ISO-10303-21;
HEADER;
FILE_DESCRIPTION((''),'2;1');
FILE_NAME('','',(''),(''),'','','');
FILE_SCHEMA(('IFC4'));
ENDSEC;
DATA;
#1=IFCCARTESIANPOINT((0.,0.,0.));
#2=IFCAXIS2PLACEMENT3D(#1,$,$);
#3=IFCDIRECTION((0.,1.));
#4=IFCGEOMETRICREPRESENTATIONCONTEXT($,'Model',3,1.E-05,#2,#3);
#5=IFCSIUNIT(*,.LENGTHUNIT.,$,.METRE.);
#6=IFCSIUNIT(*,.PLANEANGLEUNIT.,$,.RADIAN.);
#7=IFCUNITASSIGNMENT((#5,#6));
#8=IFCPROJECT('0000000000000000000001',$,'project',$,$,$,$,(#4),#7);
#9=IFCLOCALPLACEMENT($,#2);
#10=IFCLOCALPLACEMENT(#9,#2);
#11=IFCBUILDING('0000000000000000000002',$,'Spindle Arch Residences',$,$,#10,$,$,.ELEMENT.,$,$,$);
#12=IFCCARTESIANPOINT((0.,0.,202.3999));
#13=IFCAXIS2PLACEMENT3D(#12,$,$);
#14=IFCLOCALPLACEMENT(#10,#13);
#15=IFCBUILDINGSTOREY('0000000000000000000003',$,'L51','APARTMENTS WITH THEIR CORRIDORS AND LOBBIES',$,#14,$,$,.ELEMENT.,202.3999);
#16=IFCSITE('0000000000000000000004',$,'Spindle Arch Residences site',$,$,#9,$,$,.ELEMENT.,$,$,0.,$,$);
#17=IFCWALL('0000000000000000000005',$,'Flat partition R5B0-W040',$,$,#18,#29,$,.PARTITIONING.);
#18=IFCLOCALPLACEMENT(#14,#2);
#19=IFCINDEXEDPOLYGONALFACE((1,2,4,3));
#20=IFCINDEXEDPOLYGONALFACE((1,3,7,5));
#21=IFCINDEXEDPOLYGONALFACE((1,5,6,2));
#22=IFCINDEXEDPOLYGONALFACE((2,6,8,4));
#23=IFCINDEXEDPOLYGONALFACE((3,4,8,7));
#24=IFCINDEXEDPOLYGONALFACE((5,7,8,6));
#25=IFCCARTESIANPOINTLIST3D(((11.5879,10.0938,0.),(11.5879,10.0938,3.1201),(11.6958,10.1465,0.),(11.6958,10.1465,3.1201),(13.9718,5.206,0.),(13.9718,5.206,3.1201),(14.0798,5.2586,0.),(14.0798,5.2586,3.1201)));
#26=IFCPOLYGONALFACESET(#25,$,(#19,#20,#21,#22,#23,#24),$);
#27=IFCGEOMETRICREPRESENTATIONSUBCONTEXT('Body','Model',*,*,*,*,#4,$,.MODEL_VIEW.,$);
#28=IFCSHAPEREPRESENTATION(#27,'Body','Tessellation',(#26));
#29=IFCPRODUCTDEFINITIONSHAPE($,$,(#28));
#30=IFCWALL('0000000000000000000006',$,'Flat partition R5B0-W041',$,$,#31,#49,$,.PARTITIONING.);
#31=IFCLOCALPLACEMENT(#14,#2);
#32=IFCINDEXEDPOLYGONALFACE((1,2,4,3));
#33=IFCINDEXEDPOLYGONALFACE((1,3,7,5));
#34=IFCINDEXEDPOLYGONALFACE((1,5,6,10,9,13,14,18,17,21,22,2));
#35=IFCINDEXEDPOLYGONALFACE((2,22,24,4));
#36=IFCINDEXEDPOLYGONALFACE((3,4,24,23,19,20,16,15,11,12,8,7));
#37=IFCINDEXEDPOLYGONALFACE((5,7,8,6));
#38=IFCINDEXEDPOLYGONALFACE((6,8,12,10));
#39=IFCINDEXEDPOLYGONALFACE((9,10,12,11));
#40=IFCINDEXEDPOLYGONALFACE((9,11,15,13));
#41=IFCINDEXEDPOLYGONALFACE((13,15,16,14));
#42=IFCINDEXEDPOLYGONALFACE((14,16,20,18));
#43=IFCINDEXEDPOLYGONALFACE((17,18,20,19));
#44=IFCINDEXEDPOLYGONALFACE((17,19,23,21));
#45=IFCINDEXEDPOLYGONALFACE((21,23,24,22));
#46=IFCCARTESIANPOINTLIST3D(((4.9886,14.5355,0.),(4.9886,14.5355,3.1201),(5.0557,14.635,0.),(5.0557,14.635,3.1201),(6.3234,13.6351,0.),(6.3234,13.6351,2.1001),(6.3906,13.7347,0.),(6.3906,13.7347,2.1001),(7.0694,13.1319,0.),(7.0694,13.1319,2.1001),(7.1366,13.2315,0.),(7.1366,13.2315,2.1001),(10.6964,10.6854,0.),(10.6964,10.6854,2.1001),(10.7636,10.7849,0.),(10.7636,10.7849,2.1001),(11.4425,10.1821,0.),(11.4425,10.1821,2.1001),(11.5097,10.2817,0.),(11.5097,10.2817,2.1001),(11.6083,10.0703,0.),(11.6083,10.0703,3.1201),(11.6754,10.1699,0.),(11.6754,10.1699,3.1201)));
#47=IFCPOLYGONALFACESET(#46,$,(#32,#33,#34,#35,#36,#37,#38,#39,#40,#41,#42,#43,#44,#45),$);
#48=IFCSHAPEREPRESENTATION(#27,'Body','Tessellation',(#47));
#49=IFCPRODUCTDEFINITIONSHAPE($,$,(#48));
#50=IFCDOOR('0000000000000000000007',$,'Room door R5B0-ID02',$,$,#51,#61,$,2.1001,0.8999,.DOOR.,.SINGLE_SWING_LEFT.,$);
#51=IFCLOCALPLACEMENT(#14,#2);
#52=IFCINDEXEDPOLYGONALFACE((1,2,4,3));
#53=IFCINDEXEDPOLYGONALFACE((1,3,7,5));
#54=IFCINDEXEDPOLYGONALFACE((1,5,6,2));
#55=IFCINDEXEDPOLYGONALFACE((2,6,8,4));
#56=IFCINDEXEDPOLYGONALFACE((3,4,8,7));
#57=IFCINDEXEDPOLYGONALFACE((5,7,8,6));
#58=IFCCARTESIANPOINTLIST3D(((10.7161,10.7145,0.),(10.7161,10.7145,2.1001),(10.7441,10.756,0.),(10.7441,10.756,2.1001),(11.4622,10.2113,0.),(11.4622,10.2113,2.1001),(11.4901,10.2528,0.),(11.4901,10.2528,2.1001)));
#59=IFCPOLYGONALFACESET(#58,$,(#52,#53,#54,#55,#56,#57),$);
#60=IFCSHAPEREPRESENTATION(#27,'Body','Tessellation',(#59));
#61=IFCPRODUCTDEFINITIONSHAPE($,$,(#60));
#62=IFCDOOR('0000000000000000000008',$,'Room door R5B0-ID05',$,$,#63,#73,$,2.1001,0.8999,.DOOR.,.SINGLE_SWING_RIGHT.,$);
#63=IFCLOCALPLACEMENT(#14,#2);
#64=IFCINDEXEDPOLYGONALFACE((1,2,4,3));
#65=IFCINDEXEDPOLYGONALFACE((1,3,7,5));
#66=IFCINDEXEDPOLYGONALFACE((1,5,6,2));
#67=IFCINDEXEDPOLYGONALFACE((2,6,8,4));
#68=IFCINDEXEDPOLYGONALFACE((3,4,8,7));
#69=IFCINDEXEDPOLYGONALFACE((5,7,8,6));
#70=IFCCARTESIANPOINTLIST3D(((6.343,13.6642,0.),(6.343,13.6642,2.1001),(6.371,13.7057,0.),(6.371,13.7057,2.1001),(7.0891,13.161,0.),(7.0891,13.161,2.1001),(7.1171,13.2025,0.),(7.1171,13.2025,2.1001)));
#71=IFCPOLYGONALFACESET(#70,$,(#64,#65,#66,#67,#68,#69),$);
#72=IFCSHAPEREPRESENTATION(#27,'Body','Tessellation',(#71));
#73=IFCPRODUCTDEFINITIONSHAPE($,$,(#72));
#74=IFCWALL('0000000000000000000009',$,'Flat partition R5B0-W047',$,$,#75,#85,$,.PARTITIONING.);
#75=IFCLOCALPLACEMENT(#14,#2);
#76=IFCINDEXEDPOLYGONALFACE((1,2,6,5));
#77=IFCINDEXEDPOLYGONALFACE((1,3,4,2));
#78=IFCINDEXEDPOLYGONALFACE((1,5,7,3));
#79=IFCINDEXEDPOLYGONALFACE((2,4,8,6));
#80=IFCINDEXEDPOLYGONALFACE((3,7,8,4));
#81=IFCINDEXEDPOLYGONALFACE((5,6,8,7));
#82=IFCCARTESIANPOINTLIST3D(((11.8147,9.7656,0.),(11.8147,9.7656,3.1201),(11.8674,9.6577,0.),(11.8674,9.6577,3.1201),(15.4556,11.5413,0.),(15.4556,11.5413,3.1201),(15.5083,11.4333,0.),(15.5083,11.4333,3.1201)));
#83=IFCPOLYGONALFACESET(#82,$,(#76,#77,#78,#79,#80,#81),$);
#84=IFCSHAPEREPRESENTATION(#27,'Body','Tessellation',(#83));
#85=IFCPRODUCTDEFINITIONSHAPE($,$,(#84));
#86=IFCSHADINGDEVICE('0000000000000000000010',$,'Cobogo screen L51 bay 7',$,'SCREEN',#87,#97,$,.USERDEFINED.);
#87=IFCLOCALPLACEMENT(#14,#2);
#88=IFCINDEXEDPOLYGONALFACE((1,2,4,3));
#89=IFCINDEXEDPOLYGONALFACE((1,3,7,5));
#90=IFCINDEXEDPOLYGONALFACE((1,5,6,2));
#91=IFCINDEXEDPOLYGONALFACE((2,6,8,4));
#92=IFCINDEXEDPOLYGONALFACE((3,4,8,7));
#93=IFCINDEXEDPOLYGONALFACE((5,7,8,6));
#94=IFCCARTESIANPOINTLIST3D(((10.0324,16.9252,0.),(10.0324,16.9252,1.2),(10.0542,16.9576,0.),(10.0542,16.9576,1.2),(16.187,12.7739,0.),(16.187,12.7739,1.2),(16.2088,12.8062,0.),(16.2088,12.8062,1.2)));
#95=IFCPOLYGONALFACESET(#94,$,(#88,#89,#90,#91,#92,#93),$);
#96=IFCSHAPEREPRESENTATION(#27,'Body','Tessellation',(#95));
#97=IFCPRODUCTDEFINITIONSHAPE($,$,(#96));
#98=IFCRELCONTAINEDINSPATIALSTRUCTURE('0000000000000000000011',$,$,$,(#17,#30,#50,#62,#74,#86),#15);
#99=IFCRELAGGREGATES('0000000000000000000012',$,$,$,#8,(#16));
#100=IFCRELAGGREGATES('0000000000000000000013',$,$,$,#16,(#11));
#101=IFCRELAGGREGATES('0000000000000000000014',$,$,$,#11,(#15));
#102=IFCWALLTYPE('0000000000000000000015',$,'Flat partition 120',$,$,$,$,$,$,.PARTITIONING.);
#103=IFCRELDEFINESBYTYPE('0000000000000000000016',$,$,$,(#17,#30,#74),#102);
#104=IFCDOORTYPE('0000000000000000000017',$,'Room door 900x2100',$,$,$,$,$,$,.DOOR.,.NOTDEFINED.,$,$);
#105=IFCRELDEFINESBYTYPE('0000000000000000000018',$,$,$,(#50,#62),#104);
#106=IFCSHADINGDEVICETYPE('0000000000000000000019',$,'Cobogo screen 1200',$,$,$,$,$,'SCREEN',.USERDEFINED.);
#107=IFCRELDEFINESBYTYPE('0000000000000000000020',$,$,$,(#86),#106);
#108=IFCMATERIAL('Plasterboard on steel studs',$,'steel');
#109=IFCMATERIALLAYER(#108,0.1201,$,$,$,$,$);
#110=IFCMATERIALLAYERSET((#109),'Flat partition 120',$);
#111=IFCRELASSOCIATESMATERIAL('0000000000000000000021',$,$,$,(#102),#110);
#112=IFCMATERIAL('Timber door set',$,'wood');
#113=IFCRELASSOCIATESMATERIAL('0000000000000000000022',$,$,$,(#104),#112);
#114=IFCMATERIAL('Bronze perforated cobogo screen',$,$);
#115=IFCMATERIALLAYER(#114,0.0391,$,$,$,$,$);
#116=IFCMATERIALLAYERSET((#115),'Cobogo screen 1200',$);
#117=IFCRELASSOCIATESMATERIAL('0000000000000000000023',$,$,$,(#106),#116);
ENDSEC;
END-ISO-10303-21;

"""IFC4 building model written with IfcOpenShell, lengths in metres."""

from ifc_helpers import new_model, si_unit, direction, frame, frame_2d, origin, origin_2d, place, context, subcontext, project, spatial, rectangle, extrude, material, layer, layer_set, type_object, element, fill, save


model = new_model("IFC4")

# Units and contexts
model_context = context("Model", 3, precision=1e-05, world=origin(), true_north=direction((0.0, 1.0)))
body_context = subcontext(model_context, "Body", "Model", "MODEL_VIEW")
ifc_project = project(units=[si_unit("LENGTHUNIT", "METRE"), si_unit("PLANEANGLEUNIT", "RADIAN")], contexts=[model_context])

# Site, building, storey
site_placement = place(None, origin())
site = spatial("IfcSite", under=ifc_project, at=site_placement, Name="Spindle Arch Residences site", CompositionType="ELEMENT", RefElevation=0.0)
building_placement = place(site_placement, origin())
building = spatial("IfcBuilding", under=site, at=building_placement, Name="Spindle Arch Residences", CompositionType="ELEMENT")
storey_placement = place(building_placement, frame((0.0, 0.0, 202.3999)))
storey = spatial("IfcBuildingStorey", under=building, at=storey_placement, Name="L51", Description="APARTMENTS WITH THEIR CORRIDORS AND LOBBIES", CompositionType="ELEMENT", Elevation=202.3999)

# Wall
ifc_material_1 = material(Name="Plasterboard on steel studs", Category="steel")
ifc_layer_1 = layer(ifc_material_1, 0.1201)
ifc_layer_set_1 = layer_set([ifc_layer_1], Name="Flat partition 120")
wall_type_1 = type_object("IfcWallType", Name="Flat partition 120", PredefinedType="PARTITIONING", material=ifc_layer_set_1)
wall_1_placement = place(storey_placement, frame((14.0259, 5.2322, 0.0), z_axis=(0.0, 0.0, 1.0), x_axis=(-0.438375, 0.898792, 0.0)))
element("IfcWall", 1, at=wall_1_placement, inside=storey, type_object=wall_type_1, Name="Flat partition R5B0-W040", PredefinedType="PARTITIONING", context=body_context, shape_type="SweptSolid", body=[
    extrude(rectangle(XDim=5.4382, YDim=0.1201, at=frame_2d((2.7192, 0.0))), origin(), (0.0, 0.0, 1.0), 3.1201),
])

# Wall, openings, doors
wall_2_placement = place(storey_placement, frame((11.6418, 10.1201, 0.0), z_axis=(0.0, 0.0, 1.0), x_axis=(-0.829032, 0.559201, 0.0)))
wall_2 = element("IfcWall", 2, at=wall_2_placement, inside=storey, type_object=wall_type_1, Name="Flat partition R5B0-W041", PredefinedType="PARTITIONING", context=body_context, shape_type="SweptSolid", body=[
    extrude(rectangle(XDim=7.9849, YDim=0.1201, at=frame_2d((3.9924, 0.0))), origin(), (0.0, 0.0, 1.0), 3.1201),
])
opening_1_placement = place(wall_2_placement, frame((0.2, 0.0, 0.0)))
opening_1 = element("IfcOpeningElement", 3, at=opening_1_placement, cuts=wall_2, PredefinedType="OPENING", context=body_context, shape_type="SweptSolid", body=[
    extrude(rectangle(XDim=0.8999, YDim=2.1001, at=frame_2d((0.45, 1.05))), frame((0.0, 0.0701, 0.0), z_axis=(0.0, -1.0, 0.0), x_axis=(1.0, 0.0, 0.0)), (0.0, 0.0, 1.0), 0.1401),
])
opening_2_placement = place(wall_2_placement, frame((5.4749, 0.0, 0.0)))
opening_2 = element("IfcOpeningElement", 4, at=opening_2_placement, cuts=wall_2, PredefinedType="OPENING", context=body_context, shape_type="SweptSolid", body=[
    extrude(rectangle(XDim=0.8999, YDim=2.1001, at=frame_2d((0.45, 1.05))), frame((0.0, 0.0701, 0.0), z_axis=(0.0, -1.0, 0.0), x_axis=(1.0, 0.0, 0.0)), (0.0, 0.0, 1.0), 0.1401),
])
ifc_material_2 = material(Name="Timber door set", Category="wood")
door_type_1 = type_object("IfcDoorType", Name="Room door 900x2100", OperationType="NOTDEFINED", PredefinedType="DOOR", material=ifc_material_2)
door_1_placement = place(opening_1_placement, origin())
door_1 = element("IfcDoor", 5, at=door_1_placement, inside=storey, type_object=door_type_1, Name="Room door R5B0-ID02", OperationType="SINGLE_SWING_LEFT", OverallHeight=2.1001, OverallWidth=0.8999, PredefinedType="DOOR", context=body_context, shape_type="SweptSolid", body=[
    extrude(rectangle(XDim=0.8999, YDim=2.1001, at=frame_2d((0.45, 1.05))), frame((0.0, 0.0249, 0.0), z_axis=(0.0, -1.0, 0.0), x_axis=(1.0, 0.0, 0.0)), (0.0, 0.0, 1.0), 0.05),
])
fill(opening_1, door_1)
door_2_placement = place(opening_2_placement, origin())
door_2 = element("IfcDoor", 6, at=door_2_placement, inside=storey, type_object=door_type_1, Name="Room door R5B0-ID05", OperationType="SINGLE_SWING_RIGHT", OverallHeight=2.1001, OverallWidth=0.8999, PredefinedType="DOOR", context=body_context, shape_type="SweptSolid", body=[
    extrude(rectangle(XDim=0.8999, YDim=2.1001, at=frame_2d((0.45, 1.05))), frame((0.0, 0.0249, 0.0), z_axis=(0.0, -1.0, 0.0), x_axis=(1.0, 0.0, 0.0)), (0.0, 0.0, 1.0), 0.05),
])
fill(opening_2, door_2)

# Wall
wall_3_placement = place(storey_placement, frame((15.4819, 11.4873, 0.0), z_axis=(0.0, 0.0, 1.0), x_axis=(-0.898807, -0.438344, 0.0)))
element("IfcWall", 7, at=wall_3_placement, inside=storey, type_object=wall_type_1, Name="Flat partition R5B0-W047", PredefinedType="PARTITIONING", context=body_context, shape_type="SweptSolid", body=[
    extrude(rectangle(XDim=4.0508, YDim=0.1201, at=frame_2d((2.0254, 0.0))), origin(), (0.0, 0.0, 1.0), 3.1201),
])

# Shading device
ifc_material_3 = material(Name="Bronze perforated cobogo screen")
ifc_layer_2 = layer(ifc_material_3, 0.0391)
ifc_layer_set_2 = layer_set([ifc_layer_2], Name="Cobogo screen 1200")
shading_device_type = type_object("IfcShadingDeviceType", Name="Cobogo screen 1200", ElementType="SCREEN", PredefinedType="USERDEFINED", material=ifc_layer_set_2)
shading_device_placement = place(storey_placement, frame((13.1206, 14.8657, 0.0), z_axis=(0.0, 0.0, 1.0), x_axis=(-0.829038, 0.559193, 0.0)))
element("IfcShadingDevice", 8, at=shading_device_placement, inside=storey, type_object=shading_device_type, Name="Cobogo screen L51 bay 7", ObjectType="SCREEN", PredefinedType="USERDEFINED", context=body_context, shape_type="SweptSolid", body=[
    extrude(rectangle(XDim=7.4238, YDim=0.0391, at=origin_2d()), origin(), (0.0, 0.0, 1.0), 1.2),
])

save(model, "model.ifc")
